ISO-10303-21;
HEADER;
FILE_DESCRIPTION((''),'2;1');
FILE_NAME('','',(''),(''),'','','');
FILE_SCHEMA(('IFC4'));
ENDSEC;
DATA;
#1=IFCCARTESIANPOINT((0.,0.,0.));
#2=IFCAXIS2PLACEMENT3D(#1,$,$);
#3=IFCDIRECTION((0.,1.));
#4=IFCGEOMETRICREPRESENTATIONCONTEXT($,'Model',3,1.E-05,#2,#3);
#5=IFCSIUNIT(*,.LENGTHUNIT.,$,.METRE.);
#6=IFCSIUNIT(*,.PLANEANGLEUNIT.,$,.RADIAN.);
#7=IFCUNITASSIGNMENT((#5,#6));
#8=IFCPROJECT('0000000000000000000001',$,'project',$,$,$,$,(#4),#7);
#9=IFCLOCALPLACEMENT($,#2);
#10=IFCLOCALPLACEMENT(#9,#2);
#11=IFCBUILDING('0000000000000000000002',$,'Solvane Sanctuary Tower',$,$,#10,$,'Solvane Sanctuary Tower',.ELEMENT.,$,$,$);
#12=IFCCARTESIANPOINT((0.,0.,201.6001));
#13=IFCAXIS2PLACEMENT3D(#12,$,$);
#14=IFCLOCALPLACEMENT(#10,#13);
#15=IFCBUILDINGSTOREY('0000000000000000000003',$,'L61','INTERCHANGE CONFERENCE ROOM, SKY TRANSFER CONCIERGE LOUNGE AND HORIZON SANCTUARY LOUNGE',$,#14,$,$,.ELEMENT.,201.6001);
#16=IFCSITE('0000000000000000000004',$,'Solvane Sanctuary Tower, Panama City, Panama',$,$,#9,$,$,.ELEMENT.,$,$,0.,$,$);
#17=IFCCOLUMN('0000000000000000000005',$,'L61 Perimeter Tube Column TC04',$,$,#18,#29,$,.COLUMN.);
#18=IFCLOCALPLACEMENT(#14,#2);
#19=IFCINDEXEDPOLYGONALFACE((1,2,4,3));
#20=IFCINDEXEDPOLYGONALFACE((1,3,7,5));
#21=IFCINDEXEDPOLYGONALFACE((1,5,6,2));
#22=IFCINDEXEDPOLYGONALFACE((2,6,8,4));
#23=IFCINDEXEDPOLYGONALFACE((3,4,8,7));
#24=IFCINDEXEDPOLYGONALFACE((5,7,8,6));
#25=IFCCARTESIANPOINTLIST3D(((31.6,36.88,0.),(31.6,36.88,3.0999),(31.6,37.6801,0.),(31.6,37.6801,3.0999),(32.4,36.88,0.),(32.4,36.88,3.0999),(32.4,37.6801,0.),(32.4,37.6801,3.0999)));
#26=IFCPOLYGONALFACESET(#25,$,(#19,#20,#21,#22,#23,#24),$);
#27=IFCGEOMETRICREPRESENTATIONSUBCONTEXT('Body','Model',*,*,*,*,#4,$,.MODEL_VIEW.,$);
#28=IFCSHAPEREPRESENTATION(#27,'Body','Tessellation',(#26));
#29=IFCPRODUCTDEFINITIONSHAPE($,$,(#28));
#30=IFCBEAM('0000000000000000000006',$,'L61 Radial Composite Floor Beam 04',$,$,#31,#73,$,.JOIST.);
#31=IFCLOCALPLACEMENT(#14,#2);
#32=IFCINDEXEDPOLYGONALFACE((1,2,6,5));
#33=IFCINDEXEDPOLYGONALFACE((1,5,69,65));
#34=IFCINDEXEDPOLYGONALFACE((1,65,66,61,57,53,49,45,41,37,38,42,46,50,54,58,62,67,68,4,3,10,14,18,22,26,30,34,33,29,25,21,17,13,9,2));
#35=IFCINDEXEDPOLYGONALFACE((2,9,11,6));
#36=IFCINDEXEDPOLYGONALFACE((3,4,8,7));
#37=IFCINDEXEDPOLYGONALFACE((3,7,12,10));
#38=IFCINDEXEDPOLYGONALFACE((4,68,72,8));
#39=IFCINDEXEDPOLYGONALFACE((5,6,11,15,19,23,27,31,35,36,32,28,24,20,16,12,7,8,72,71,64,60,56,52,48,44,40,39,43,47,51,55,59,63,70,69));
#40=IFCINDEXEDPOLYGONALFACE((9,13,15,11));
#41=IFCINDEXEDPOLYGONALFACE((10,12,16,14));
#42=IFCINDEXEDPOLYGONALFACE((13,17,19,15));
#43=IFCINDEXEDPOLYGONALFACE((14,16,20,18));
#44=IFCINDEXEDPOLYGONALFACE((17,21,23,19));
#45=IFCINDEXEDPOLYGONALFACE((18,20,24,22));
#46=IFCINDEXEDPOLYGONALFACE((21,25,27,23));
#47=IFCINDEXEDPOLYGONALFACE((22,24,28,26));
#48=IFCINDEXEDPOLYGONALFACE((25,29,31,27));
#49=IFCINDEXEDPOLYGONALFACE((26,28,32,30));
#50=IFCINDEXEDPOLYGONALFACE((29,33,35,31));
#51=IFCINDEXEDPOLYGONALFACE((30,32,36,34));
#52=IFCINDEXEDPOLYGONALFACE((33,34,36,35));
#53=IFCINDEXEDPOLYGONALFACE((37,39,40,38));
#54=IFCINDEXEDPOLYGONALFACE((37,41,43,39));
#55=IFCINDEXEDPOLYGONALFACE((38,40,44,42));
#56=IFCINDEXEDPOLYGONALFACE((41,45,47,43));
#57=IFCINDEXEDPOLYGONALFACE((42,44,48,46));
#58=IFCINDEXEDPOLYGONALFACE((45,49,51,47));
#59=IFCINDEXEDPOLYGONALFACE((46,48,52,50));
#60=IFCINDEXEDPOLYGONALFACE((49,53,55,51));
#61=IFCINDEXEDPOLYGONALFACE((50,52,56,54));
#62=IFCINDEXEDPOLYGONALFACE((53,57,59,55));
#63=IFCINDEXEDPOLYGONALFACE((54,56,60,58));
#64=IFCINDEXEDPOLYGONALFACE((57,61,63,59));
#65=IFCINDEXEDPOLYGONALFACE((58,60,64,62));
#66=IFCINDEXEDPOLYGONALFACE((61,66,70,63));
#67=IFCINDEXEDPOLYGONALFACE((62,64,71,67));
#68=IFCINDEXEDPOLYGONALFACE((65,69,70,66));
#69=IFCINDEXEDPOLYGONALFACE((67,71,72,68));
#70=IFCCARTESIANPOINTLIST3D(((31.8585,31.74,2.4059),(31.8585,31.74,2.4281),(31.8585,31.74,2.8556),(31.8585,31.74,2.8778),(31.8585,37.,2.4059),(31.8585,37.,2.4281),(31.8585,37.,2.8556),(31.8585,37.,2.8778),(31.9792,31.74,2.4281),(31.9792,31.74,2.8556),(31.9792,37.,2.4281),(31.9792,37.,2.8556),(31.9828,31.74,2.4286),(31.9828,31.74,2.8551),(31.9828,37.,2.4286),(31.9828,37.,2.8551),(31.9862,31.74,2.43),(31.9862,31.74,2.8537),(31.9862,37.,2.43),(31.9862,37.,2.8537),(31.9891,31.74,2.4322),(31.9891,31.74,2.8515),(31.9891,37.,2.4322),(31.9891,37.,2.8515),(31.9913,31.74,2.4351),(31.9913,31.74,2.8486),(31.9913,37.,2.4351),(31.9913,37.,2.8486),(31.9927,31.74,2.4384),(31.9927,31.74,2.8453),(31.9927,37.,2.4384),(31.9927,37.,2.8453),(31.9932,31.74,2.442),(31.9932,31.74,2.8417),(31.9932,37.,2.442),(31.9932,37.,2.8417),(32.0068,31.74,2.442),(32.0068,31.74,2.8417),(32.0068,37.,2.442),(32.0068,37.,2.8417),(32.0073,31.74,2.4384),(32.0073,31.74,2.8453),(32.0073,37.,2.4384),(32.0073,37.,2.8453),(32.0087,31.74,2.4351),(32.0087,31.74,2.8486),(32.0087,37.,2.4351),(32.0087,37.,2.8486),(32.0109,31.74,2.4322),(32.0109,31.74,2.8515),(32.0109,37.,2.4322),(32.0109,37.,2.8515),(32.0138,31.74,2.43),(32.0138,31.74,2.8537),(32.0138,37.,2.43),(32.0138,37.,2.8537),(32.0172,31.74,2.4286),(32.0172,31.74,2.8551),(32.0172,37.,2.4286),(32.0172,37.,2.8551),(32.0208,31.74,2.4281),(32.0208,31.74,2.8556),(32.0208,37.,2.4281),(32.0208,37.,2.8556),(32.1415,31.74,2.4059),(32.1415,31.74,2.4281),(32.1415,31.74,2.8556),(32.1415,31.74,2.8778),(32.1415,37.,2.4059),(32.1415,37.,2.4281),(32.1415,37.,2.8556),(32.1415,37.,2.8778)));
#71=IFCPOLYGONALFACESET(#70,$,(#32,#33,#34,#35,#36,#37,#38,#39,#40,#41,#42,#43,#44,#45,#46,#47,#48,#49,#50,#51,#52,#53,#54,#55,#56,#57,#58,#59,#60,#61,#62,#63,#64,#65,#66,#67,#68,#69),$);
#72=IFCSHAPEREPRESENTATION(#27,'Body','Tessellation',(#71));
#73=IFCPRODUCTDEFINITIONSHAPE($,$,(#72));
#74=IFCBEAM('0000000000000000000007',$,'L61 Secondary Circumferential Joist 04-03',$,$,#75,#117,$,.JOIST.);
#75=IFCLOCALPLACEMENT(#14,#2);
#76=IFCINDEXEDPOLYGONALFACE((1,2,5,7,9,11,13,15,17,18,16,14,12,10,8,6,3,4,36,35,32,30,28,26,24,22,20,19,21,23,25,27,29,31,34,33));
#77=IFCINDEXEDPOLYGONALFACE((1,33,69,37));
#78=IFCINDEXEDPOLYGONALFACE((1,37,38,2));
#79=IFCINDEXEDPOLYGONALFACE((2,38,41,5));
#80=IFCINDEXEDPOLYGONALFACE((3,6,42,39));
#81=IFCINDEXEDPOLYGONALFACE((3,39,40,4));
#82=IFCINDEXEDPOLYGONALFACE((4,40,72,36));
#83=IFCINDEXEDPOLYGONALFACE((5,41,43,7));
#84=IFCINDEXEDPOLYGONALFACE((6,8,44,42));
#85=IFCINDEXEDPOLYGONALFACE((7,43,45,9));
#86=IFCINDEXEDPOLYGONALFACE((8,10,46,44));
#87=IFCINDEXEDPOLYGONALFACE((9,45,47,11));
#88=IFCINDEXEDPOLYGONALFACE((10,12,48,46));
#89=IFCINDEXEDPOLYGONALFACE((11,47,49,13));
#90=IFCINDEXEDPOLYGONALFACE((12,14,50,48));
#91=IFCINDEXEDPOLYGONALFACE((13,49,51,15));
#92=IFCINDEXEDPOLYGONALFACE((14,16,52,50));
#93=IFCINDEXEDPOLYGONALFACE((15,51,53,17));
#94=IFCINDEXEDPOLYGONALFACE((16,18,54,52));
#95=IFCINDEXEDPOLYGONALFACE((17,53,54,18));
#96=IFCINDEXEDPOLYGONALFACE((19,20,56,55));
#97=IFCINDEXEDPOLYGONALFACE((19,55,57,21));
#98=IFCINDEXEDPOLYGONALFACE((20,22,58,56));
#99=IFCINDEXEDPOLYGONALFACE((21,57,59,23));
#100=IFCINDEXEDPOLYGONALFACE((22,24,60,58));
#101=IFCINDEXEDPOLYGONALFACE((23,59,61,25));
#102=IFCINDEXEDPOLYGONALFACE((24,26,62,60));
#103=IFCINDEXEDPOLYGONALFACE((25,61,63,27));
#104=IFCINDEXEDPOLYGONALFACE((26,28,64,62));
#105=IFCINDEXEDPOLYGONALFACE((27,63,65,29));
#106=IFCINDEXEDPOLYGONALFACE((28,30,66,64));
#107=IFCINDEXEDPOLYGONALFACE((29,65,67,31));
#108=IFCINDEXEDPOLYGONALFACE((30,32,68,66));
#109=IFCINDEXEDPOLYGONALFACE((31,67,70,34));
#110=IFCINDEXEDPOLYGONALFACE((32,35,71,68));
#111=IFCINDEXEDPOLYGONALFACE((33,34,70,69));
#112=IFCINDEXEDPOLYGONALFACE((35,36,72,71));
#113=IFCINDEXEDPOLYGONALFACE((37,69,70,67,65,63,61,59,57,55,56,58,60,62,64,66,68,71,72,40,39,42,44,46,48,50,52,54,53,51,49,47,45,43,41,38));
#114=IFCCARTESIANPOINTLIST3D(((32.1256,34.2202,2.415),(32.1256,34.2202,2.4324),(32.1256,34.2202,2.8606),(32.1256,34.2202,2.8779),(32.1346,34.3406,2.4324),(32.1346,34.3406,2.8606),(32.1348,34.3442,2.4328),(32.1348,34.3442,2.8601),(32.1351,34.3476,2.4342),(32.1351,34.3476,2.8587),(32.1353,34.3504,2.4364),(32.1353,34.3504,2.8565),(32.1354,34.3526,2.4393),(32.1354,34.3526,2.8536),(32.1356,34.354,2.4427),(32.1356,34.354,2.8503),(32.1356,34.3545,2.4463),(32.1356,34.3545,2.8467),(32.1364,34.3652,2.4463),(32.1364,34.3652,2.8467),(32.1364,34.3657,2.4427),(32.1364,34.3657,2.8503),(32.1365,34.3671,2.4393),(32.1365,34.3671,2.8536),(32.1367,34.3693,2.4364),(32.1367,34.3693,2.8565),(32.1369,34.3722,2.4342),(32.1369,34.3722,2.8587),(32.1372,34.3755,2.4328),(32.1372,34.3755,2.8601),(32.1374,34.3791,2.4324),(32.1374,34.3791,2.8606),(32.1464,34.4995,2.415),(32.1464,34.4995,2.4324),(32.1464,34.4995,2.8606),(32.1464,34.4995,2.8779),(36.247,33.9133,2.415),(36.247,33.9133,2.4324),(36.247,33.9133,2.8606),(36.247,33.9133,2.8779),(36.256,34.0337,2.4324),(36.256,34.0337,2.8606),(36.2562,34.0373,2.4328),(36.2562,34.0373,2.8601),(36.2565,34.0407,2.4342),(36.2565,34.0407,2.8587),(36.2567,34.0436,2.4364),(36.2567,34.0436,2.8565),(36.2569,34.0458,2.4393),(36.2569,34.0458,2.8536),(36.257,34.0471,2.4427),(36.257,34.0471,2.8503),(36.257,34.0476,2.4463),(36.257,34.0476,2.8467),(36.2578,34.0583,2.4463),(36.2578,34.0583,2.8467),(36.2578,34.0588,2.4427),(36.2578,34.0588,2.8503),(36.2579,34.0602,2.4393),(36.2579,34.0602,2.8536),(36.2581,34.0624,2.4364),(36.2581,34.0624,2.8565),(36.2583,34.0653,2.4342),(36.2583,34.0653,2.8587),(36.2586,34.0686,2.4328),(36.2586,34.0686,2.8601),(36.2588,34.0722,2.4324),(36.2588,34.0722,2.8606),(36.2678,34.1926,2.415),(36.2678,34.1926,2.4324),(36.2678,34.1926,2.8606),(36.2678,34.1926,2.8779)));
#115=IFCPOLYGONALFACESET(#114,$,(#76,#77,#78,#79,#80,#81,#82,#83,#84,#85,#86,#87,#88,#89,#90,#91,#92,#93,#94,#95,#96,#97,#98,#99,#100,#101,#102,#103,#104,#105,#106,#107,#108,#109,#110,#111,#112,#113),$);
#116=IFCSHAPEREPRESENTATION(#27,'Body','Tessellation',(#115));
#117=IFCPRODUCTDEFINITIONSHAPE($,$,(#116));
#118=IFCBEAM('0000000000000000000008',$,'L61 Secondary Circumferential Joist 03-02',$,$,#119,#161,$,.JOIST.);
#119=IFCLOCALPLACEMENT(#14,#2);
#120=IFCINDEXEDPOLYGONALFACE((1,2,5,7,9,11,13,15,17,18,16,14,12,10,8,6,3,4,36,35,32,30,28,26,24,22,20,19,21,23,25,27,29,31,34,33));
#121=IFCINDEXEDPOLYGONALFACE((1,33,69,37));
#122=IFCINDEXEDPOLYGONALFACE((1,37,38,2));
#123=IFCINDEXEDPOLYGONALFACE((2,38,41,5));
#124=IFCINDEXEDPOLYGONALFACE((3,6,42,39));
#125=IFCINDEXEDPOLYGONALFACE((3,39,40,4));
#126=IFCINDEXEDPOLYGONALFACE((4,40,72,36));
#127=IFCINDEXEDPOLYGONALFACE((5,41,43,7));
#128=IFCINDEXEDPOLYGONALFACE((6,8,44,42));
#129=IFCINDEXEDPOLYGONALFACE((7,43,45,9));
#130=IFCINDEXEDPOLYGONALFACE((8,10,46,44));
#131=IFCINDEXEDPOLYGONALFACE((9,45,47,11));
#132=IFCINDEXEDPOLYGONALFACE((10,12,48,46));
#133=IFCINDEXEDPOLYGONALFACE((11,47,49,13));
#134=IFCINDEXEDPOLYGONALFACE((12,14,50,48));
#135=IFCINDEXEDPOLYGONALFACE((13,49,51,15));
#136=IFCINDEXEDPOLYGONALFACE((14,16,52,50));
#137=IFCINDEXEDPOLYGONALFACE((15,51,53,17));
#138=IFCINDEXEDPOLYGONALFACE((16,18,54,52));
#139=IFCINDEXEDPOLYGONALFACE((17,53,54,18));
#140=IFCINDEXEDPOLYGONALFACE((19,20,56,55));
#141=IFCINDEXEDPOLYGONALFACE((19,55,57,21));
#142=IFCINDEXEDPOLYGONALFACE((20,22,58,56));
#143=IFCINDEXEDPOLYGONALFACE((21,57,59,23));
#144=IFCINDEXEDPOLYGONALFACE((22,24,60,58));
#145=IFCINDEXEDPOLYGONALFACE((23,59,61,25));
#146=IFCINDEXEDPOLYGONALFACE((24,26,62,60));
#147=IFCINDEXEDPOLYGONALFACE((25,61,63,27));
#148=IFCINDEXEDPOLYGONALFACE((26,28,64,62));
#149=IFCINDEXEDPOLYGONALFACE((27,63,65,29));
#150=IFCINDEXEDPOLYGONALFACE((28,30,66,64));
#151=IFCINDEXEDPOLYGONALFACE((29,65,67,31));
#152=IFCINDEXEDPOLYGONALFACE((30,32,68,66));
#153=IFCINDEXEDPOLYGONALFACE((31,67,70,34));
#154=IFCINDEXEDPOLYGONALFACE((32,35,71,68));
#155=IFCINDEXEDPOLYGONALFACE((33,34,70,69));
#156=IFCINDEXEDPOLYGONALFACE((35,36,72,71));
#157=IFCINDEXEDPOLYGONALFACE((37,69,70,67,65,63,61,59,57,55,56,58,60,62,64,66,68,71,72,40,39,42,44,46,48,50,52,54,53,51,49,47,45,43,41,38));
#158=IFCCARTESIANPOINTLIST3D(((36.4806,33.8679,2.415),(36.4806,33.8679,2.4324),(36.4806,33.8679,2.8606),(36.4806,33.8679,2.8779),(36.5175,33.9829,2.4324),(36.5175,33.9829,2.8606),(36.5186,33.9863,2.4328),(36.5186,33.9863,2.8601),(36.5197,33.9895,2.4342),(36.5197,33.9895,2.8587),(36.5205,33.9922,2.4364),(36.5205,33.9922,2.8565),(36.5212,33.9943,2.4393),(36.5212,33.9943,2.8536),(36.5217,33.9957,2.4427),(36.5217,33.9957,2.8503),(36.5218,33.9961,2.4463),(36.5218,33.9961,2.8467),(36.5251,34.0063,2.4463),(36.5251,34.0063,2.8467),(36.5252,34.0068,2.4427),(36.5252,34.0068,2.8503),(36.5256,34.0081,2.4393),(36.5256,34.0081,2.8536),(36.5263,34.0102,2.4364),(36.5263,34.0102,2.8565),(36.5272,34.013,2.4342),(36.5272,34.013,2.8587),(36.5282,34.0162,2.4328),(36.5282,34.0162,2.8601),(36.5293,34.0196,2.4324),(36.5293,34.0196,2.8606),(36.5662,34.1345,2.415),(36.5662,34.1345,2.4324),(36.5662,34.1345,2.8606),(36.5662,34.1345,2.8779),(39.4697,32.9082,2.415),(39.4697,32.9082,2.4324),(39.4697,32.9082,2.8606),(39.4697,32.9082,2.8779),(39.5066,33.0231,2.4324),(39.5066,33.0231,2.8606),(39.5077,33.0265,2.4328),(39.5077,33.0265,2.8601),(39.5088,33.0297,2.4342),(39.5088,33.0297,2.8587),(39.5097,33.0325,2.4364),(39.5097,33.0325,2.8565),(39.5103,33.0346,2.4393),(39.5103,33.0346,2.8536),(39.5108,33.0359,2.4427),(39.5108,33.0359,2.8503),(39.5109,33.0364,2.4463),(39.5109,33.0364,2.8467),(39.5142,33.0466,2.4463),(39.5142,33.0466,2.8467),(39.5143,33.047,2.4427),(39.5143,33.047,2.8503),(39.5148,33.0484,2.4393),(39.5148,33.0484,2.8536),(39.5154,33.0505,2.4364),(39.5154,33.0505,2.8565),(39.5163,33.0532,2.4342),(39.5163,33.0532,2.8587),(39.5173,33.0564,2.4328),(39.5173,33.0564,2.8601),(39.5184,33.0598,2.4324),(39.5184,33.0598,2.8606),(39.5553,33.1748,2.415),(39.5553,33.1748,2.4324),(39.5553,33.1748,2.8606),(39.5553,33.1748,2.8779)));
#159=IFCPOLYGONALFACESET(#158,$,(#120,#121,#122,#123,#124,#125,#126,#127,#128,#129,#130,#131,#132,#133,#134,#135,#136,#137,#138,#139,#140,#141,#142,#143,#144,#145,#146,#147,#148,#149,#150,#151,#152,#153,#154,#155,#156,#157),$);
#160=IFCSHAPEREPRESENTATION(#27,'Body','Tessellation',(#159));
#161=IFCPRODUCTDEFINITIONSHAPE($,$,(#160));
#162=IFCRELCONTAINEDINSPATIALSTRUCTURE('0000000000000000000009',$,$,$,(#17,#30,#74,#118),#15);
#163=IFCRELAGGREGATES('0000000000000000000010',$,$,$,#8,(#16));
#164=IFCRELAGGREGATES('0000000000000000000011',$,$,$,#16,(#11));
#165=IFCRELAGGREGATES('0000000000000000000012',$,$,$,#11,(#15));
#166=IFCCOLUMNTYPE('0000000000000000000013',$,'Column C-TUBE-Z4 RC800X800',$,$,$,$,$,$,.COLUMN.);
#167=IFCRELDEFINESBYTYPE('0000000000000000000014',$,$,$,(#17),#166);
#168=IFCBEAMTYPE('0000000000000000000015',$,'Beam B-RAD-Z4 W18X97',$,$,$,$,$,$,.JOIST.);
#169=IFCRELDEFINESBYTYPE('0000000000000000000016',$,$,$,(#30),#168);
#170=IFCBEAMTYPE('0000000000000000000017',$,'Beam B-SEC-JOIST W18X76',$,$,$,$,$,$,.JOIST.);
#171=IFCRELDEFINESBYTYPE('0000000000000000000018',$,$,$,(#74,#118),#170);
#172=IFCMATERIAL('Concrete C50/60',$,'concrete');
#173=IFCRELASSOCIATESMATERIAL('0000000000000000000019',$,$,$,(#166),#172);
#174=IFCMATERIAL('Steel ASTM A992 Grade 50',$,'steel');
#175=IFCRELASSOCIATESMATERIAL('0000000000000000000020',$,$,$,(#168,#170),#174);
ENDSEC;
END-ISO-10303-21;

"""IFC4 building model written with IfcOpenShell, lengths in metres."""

from ifc_helpers import new_model, si_unit, direction, frame, origin, origin_2d, place, context, subcontext, project, spatial, rectangle, i_section, extrude, material, material_profile, profile_set, type_object, element, save


model = new_model("IFC4")

# Units and contexts
model_context = context("Model", 3, precision=1e-05, world=origin(), true_north=direction((0.0, 1.0)))
body_context = subcontext(model_context, "Body", "Model", "MODEL_VIEW")
ifc_project = project(units=[si_unit("LENGTHUNIT", "METRE"), si_unit("PLANEANGLEUNIT", "RADIAN")], contexts=[model_context])

# Site, building, storey
site_placement = place(None, origin())
site = spatial("IfcSite", under=ifc_project, at=site_placement, Name="Solvane Sanctuary Tower, Panama City, Panama", CompositionType="ELEMENT", RefElevation=0.0)
building_placement = place(site_placement, origin())
building = spatial("IfcBuilding", under=site, at=building_placement, Name="Solvane Sanctuary Tower", LongName="Solvane Sanctuary Tower", CompositionType="ELEMENT")
storey_placement = place(building_placement, frame((0.0, 0.0, 201.6001)))
storey = spatial("IfcBuildingStorey", under=building, at=storey_placement, Name="L61", Description="INTERCHANGE CONFERENCE ROOM, SKY TRANSFER CONCIERGE LOUNGE AND HORIZON SANCTUARY LOUNGE", CompositionType="ELEMENT", Elevation=201.6001)

# Column
ifc_material_1 = material(Name="Concrete C50/60", Category="concrete")
ifc_material_profile_1 = material_profile(ifc_material_1, rectangle(XDim=0.8, YDim=0.8, at=origin_2d()), Name="RC800X800")
ifc_profile_set_1 = profile_set([ifc_material_profile_1], Name="Concrete C50/60")
column_type = type_object("IfcColumnType", Name="Column C-TUBE-Z4 RC800X800", PredefinedType="COLUMN", material=ifc_profile_set_1)
column_placement = place(storey_placement, frame((32.0, 37.28, 0.0), z_axis=(0.0, 0.0, 1.0), x_axis=(0.0, 1.0, 0.0)))
element("IfcColumn", 1, at=column_placement, inside=storey, type_object=column_type, Name="L61 Perimeter Tube Column TC04", PredefinedType="COLUMN", context=body_context, shape_type="SweptSolid", body=[
    extrude(rectangle(XDim=0.8, YDim=0.8, at=origin_2d()), origin(), (0.0, 0.0, 1.0), 3.0999),
])

# Beams
ifc_material_2 = material(Name="Steel ASTM A992 Grade 50", Category="steel")
ifc_material_profile_2 = material_profile(ifc_material_2, i_section(OverallWidth=0.283, OverallDepth=0.4719, WebThickness=0.0137, FlangeThickness=0.0222, FilletRadius=0.0139, at=origin_2d()), Name="W18X97")
ifc_profile_set_2 = profile_set([ifc_material_profile_2], Name="Steel ASTM A992 Grade 50")
beam_type_1 = type_object("IfcBeamType", Name="Beam B-RAD-Z4 W18X97", PredefinedType="JOIST", material=ifc_profile_set_2)
beam_1_placement = place(storey_placement, frame((32.0, 31.74, 2.6418), z_axis=(0.0, 1.0, 0.0), x_axis=(-1.0, 0.0, 0.0)))
element("IfcBeam", 2, at=beam_1_placement, inside=storey, type_object=beam_type_1, Name="L61 Radial Composite Floor Beam 04", PredefinedType="JOIST", context=body_context, shape_type="SweptSolid", body=[
    extrude(i_section(OverallWidth=0.283, OverallDepth=0.4719, WebThickness=0.0137, FlangeThickness=0.0222, FilletRadius=0.0139, at=origin_2d()), origin(), (0.0, 0.0, 1.0), 5.26),
])
ifc_material_profile_3 = material_profile(ifc_material_2, i_section(OverallWidth=0.28, OverallDepth=0.4629, WebThickness=0.0107, FlangeThickness=0.0173, FilletRadius=0.0139, at=origin_2d()), Name="W18X76")
ifc_profile_set_3 = profile_set([ifc_material_profile_3], Name="Steel ASTM A992 Grade 50")
beam_type_2 = type_object("IfcBeamType", Name="Beam B-SEC-JOIST W18X76", PredefinedType="JOIST", material=ifc_profile_set_3)
beam_2_placement = place(storey_placement, frame((32.136, 34.3599, 2.6465), z_axis=(0.997239, -0.074257, 0.0), x_axis=(0.074257, 0.997239, 0.0)))
element("IfcBeam", 3, at=beam_2_placement, inside=storey, type_object=beam_type_2, Name="L61 Secondary Circumferential Joist 04-03", PredefinedType="JOIST", context=body_context, shape_type="SweptSolid", body=[
    extrude(i_section(OverallWidth=0.28, OverallDepth=0.4629, WebThickness=0.0107, FlangeThickness=0.0173, FilletRadius=0.0139, at=origin_2d()), origin(), (0.0, 0.0, 1.0), 4.1328),
])
beam_3_placement = place(storey_placement, frame((36.5234, 34.0012, 2.6465), z_axis=(0.952125, -0.30571, 0.0), x_axis=(0.30571, 0.952125, 0.0)))
element("IfcBeam", 4, at=beam_3_placement, inside=storey, type_object=beam_type_2, Name="L61 Secondary Circumferential Joist 03-02", PredefinedType="JOIST", context=body_context, shape_type="SweptSolid", body=[
    extrude(i_section(OverallWidth=0.28, OverallDepth=0.4629, WebThickness=0.0107, FlangeThickness=0.0173, FilletRadius=0.0139, at=origin_2d()), origin(), (0.0, 0.0, 1.0), 3.1394),
])

save(model, "model.ifc")
